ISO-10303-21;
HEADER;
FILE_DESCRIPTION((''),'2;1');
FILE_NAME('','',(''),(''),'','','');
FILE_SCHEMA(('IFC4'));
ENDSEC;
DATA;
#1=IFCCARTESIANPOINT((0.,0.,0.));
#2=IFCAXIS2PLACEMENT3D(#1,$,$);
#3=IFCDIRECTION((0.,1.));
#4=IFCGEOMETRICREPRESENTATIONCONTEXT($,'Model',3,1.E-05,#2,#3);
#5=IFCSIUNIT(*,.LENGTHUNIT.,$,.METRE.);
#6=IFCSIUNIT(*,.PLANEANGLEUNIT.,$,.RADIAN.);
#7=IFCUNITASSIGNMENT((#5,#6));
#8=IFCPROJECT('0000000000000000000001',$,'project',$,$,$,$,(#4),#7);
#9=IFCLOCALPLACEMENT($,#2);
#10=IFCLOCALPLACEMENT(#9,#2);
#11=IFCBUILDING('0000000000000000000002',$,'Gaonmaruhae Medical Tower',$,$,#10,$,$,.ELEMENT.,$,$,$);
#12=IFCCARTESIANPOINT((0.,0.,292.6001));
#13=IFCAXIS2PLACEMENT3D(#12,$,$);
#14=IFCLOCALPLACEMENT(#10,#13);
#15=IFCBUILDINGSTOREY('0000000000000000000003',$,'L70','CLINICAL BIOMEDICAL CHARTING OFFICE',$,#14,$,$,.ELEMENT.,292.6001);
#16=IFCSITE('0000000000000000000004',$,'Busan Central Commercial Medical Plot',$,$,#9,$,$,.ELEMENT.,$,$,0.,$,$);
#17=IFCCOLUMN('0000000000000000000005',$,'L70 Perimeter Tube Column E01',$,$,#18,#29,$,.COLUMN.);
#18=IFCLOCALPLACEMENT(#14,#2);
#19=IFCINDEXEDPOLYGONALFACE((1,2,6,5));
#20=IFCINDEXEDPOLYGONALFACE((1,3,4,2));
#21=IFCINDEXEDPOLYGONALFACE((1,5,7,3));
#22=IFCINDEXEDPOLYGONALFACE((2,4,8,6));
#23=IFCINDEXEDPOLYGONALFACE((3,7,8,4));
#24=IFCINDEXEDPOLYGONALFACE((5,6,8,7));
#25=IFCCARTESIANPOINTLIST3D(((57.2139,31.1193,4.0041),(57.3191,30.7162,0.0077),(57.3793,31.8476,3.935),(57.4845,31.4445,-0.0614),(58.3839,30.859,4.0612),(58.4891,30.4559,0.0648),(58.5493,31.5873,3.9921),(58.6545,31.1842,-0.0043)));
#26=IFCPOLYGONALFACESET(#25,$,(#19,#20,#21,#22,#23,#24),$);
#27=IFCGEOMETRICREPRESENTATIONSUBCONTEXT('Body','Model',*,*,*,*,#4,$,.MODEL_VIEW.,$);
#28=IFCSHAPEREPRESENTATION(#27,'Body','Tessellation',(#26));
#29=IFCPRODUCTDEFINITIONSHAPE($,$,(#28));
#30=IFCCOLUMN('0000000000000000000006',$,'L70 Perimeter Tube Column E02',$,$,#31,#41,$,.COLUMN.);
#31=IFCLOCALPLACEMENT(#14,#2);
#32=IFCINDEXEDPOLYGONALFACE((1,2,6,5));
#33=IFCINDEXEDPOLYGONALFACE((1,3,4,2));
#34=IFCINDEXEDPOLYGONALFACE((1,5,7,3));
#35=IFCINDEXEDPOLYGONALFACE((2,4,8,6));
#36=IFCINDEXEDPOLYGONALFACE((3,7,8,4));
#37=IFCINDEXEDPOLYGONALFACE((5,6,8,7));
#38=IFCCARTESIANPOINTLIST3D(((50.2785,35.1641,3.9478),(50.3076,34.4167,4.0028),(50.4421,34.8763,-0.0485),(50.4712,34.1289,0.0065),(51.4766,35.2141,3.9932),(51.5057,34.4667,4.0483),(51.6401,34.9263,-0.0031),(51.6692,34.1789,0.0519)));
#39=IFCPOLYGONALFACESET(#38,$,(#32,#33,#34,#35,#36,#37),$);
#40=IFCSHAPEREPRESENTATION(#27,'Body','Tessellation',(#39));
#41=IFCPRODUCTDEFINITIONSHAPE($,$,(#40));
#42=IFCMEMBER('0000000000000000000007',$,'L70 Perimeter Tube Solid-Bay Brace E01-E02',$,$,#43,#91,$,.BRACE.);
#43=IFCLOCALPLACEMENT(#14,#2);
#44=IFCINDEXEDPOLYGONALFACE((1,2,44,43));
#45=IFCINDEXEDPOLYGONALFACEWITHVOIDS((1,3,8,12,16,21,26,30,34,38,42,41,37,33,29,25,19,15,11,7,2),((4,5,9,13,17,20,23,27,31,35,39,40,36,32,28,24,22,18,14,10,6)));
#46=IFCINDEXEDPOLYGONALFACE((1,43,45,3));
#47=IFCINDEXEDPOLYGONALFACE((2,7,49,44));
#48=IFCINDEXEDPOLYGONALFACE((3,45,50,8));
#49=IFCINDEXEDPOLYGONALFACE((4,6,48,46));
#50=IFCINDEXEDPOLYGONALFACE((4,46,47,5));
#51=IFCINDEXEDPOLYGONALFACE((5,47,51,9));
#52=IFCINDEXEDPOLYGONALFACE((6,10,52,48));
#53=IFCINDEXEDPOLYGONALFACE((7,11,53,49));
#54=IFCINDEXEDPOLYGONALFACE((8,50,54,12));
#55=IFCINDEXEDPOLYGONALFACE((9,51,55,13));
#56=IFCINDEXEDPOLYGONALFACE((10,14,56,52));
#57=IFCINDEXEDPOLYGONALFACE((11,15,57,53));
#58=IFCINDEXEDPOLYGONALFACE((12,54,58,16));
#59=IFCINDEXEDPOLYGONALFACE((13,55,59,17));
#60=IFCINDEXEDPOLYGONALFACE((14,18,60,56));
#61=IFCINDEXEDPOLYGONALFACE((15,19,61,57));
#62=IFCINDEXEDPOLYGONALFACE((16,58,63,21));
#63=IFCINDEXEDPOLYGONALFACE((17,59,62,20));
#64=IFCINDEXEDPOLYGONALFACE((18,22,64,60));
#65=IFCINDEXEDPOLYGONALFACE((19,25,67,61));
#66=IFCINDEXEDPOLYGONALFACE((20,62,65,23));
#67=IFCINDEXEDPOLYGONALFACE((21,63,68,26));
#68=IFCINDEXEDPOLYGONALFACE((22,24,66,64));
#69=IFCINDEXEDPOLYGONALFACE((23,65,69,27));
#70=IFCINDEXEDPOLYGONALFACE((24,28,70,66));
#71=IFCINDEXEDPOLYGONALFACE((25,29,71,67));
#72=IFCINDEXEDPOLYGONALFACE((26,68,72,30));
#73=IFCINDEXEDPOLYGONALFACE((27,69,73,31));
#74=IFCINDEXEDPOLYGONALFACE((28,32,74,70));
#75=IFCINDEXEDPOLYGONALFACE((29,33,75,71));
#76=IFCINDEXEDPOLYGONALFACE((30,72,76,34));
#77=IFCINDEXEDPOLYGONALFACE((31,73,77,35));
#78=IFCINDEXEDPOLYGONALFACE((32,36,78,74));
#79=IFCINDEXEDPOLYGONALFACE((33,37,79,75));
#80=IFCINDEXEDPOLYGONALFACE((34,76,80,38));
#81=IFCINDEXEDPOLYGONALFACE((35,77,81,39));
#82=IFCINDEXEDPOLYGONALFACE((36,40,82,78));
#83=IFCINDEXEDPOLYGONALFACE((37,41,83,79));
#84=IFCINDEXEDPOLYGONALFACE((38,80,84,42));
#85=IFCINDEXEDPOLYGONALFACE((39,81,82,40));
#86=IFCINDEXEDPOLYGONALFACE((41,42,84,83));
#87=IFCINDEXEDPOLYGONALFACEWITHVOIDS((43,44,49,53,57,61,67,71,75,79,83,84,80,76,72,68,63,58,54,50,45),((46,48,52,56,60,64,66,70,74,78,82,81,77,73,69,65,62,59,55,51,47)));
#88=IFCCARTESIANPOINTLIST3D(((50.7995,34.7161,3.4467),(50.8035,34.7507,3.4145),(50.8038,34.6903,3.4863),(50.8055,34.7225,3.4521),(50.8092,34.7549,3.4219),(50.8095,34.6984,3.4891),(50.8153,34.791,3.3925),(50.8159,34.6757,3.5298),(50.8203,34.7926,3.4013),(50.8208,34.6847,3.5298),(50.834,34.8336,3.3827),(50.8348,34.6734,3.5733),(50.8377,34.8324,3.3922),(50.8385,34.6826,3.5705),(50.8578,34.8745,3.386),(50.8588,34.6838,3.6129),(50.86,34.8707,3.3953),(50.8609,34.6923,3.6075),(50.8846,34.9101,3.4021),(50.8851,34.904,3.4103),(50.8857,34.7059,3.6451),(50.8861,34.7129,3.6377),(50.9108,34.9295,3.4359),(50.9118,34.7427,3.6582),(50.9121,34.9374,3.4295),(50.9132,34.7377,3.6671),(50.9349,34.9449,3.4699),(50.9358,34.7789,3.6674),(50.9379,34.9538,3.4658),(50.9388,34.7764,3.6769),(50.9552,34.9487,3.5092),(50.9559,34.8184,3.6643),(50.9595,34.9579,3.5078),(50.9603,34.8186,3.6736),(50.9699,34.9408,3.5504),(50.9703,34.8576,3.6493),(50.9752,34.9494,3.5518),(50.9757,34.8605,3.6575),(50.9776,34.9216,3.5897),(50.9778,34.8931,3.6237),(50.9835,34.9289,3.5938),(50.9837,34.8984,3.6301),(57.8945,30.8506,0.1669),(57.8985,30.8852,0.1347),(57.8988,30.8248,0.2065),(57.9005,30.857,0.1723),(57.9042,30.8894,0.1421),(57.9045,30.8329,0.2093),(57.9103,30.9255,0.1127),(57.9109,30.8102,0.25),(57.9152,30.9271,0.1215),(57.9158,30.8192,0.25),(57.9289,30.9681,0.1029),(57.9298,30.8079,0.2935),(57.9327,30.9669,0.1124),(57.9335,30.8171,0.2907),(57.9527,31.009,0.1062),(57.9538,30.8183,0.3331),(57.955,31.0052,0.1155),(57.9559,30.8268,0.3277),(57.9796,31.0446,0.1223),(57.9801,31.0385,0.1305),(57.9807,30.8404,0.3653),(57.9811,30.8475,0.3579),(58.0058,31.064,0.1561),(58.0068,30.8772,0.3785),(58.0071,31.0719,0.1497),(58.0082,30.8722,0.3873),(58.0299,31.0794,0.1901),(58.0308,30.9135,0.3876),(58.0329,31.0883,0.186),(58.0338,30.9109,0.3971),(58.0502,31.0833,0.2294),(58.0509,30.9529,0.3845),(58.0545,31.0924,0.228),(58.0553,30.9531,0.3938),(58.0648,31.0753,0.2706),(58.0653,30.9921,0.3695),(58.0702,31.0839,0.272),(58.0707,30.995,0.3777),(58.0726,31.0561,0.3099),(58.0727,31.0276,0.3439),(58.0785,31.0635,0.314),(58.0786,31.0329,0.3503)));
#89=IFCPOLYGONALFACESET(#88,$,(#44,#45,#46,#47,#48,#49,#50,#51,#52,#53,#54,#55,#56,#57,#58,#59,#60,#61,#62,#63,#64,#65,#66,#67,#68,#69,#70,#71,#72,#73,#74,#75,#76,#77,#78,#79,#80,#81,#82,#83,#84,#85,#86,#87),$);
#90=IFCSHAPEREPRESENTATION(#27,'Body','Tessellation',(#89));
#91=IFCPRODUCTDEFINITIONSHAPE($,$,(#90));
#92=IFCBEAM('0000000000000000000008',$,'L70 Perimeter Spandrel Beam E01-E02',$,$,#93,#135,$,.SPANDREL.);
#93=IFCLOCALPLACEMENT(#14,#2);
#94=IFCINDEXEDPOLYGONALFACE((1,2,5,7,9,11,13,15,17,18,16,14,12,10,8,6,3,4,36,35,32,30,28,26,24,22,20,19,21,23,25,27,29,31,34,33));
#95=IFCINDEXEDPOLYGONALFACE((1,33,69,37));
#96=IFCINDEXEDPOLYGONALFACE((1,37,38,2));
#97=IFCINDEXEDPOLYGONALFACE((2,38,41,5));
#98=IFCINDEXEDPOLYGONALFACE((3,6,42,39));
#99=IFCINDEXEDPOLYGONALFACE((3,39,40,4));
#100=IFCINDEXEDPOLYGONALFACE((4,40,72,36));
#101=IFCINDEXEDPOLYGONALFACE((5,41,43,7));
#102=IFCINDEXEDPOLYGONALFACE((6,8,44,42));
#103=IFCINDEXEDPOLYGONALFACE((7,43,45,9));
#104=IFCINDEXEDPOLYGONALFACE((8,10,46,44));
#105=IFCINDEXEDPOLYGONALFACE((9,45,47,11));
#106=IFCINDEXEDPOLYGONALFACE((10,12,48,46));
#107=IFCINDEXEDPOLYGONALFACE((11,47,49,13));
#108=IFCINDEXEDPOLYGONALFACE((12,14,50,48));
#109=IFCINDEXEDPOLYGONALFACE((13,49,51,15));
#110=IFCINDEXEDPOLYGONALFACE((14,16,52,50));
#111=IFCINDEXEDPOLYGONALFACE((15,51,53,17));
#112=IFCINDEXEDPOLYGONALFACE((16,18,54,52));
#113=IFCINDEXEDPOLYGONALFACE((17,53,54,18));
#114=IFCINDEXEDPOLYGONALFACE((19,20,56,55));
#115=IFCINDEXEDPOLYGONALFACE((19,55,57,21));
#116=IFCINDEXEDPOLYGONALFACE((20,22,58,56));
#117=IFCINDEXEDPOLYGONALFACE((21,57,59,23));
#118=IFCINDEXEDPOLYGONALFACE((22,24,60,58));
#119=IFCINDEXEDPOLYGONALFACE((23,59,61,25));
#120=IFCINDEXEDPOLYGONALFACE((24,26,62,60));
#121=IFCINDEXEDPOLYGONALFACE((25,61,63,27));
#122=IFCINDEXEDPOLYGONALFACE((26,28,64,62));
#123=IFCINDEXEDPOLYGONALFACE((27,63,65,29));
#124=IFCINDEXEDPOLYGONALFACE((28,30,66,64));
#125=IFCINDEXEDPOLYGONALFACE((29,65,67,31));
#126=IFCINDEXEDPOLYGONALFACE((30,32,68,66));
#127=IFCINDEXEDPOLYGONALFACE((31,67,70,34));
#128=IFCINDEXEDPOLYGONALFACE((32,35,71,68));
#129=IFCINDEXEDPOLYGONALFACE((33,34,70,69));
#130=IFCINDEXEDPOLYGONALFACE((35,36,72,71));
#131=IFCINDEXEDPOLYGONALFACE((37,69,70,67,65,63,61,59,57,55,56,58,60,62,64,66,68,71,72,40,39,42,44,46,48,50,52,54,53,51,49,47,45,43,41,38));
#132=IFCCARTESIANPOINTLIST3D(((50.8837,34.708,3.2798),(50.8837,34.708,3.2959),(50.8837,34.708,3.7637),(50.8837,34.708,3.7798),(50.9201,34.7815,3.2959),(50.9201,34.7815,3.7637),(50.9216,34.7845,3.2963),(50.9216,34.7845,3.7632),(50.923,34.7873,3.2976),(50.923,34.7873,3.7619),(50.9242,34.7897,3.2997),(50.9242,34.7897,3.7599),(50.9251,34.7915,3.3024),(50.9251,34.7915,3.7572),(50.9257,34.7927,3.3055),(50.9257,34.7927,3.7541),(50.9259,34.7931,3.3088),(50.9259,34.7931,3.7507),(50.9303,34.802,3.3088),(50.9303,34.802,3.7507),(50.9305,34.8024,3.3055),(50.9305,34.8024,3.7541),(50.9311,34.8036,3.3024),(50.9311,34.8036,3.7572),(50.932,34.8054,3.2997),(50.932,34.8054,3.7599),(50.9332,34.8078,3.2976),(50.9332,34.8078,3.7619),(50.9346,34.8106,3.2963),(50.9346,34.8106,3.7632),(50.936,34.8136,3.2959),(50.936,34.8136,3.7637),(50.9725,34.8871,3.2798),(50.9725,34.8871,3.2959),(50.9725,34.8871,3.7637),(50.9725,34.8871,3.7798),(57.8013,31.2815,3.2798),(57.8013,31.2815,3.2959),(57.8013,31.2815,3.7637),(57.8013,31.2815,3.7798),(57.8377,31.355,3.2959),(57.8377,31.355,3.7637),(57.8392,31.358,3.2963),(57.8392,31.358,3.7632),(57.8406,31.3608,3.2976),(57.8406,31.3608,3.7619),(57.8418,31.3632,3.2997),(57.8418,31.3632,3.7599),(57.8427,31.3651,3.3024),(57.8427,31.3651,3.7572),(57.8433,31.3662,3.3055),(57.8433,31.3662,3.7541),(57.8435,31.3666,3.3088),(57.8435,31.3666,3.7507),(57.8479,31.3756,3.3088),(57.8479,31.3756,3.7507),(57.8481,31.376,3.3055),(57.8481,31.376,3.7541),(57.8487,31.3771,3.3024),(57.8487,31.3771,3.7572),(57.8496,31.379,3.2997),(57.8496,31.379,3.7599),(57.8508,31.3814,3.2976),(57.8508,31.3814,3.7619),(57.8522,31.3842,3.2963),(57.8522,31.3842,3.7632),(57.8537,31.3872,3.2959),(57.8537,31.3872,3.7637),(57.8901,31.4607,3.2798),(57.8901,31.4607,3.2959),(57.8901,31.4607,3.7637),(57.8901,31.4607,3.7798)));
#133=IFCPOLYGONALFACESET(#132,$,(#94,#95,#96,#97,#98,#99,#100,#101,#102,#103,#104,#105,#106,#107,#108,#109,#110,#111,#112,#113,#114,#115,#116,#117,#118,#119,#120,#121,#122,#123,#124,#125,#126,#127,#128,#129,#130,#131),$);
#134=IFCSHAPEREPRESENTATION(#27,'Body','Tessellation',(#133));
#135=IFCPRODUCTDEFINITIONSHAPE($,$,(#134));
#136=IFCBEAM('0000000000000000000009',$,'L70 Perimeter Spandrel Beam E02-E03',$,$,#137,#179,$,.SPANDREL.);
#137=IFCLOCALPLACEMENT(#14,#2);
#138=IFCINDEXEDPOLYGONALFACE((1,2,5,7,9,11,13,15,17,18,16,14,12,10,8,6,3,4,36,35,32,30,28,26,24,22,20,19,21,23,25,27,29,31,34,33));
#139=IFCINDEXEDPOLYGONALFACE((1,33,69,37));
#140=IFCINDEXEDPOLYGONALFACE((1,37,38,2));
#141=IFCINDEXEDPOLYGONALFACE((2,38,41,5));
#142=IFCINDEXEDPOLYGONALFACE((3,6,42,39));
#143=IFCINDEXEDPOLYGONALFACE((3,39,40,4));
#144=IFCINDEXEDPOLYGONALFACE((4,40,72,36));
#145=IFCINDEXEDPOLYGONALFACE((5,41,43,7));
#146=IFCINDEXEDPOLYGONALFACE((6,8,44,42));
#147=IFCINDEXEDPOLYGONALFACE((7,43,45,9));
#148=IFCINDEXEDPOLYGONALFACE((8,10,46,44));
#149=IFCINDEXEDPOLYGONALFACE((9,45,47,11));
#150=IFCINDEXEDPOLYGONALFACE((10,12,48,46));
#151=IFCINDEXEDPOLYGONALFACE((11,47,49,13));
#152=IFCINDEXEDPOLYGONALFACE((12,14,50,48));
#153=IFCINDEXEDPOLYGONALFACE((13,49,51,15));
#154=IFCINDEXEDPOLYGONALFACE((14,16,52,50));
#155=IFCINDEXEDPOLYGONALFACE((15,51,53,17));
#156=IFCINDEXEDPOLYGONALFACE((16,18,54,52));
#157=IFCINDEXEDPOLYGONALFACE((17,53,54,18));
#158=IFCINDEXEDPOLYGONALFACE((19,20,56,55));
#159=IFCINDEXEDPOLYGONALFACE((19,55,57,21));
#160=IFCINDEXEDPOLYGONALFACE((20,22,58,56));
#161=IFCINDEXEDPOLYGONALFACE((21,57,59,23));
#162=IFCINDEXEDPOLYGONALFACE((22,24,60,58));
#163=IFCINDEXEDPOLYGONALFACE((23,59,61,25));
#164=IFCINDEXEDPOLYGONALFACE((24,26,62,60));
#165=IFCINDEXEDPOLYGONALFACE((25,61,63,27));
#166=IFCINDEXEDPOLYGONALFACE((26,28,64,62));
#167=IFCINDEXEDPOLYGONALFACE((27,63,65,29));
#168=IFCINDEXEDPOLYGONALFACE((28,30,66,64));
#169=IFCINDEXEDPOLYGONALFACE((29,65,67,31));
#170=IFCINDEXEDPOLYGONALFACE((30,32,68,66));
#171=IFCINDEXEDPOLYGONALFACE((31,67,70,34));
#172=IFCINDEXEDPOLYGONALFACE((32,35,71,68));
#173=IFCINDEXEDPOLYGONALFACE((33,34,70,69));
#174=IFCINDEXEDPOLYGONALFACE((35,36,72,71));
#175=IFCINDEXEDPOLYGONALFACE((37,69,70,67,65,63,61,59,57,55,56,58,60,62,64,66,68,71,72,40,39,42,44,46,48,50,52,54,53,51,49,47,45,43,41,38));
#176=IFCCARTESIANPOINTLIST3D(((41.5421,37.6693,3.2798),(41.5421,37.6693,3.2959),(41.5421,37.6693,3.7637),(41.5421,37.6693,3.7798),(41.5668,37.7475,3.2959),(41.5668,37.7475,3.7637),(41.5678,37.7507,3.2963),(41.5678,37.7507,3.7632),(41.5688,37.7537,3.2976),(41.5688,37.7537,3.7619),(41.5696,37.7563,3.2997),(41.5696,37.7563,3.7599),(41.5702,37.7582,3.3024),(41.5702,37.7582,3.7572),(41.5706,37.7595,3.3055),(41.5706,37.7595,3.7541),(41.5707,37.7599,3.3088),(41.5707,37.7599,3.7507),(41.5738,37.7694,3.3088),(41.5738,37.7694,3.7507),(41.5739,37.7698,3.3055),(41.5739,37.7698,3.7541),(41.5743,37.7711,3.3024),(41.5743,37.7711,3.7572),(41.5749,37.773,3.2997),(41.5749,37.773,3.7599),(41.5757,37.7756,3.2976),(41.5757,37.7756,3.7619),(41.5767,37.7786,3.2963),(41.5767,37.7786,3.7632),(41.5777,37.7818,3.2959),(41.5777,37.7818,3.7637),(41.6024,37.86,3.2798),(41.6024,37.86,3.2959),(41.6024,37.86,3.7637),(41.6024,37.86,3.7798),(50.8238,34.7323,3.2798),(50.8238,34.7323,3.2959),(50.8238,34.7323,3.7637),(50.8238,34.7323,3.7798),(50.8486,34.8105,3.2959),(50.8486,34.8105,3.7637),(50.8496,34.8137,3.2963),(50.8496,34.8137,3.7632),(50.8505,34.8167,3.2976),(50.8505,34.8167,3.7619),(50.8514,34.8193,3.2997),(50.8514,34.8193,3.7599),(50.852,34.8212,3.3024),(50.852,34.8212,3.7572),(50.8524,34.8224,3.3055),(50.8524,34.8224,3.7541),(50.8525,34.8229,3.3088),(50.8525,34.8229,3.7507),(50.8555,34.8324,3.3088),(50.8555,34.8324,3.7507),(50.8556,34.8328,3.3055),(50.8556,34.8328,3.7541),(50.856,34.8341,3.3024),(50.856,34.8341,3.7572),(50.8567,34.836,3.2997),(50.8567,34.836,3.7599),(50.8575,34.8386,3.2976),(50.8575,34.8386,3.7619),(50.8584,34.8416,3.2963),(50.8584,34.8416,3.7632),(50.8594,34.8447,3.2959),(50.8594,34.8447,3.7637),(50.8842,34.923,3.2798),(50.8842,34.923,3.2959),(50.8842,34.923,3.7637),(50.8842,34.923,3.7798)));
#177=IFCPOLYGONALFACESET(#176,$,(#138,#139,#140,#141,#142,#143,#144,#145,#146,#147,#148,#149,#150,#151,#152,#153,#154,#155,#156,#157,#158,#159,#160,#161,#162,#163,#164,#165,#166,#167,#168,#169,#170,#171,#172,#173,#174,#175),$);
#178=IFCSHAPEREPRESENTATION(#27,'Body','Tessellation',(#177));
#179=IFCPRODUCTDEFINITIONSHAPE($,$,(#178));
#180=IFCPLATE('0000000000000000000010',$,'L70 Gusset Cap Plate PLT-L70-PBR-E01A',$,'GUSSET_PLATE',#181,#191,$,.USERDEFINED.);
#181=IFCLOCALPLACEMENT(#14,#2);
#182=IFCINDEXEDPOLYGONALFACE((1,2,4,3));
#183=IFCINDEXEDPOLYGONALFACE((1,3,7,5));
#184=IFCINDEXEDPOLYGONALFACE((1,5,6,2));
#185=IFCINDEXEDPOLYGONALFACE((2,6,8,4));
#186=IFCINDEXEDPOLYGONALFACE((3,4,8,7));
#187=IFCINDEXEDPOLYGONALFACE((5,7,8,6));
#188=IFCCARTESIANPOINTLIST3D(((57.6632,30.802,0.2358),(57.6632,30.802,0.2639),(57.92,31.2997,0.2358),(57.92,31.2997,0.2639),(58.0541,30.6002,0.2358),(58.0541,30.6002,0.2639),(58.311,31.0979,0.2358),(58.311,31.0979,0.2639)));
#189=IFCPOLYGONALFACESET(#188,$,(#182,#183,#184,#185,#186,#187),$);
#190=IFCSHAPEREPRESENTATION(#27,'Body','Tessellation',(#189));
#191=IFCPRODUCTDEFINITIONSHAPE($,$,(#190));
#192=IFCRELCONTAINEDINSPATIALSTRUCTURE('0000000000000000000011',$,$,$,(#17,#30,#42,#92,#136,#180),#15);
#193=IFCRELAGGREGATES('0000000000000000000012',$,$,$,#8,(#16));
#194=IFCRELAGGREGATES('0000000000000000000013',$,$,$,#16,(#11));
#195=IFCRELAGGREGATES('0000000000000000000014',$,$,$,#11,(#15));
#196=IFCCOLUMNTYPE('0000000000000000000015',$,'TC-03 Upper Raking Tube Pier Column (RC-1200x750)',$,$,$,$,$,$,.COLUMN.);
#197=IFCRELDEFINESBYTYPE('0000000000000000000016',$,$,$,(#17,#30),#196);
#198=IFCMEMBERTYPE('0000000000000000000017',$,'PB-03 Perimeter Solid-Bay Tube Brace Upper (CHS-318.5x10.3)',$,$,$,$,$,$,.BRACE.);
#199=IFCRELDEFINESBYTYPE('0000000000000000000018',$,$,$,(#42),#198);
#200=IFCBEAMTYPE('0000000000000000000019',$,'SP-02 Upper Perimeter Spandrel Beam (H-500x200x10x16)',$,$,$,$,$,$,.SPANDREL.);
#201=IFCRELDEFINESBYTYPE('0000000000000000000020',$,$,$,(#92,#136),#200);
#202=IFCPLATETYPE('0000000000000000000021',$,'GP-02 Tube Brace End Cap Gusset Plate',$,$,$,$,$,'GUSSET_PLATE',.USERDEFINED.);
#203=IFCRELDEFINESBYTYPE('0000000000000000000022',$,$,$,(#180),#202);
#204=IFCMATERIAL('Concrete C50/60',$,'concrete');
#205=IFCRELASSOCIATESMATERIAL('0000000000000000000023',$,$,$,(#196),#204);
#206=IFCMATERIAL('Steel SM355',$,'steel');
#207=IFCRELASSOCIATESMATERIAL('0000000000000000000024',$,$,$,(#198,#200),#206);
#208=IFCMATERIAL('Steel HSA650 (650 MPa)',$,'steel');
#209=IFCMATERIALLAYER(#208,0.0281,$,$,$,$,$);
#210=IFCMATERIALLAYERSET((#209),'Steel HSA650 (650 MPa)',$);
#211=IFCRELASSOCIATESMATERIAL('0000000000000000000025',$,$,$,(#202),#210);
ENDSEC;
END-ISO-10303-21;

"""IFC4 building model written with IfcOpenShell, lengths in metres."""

from ifc_helpers import new_model, si_unit, direction, frame, origin, origin_2d, place, context, subcontext, project, spatial, rectangle, hollow_circle, i_section, extrude, material, layer, layer_set, material_profile, profile_set, type_object, element, save


model = new_model("IFC4")

# Units and contexts
model_context = context("Model", 3, precision=1e-05, world=origin(), true_north=direction((0.0, 1.0)))
body_context = subcontext(model_context, "Body", "Model", "MODEL_VIEW")
ifc_project = project(units=[si_unit("LENGTHUNIT", "METRE"), si_unit("PLANEANGLEUNIT", "RADIAN")], contexts=[model_context])

# Site, building, storey
site_placement = place(None, origin())
site = spatial("IfcSite", under=ifc_project, at=site_placement, Name="Busan Central Commercial Medical Plot", CompositionType="ELEMENT", RefElevation=0.0)
building_placement = place(site_placement, origin())
building = spatial("IfcBuilding", under=site, at=building_placement, Name="Gaonmaruhae Medical Tower", CompositionType="ELEMENT")
storey_placement = place(building_placement, frame((0.0, 0.0, 292.6001)))
storey = spatial("IfcBuildingStorey", under=building, at=storey_placement, Name="L70", Description="CLINICAL BIOMEDICAL CHARTING OFFICE", CompositionType="ELEMENT", Elevation=292.6001)

# Columns
ifc_material_1 = material(Name="Concrete C50/60", Category="concrete")
ifc_material_profile_1 = material_profile(ifc_material_1, rectangle(XDim=1.2, YDim=0.75, at=origin_2d()), Name="RC-1200x750")
ifc_profile_set_1 = profile_set([ifc_material_profile_1], Name="Concrete C50/60")
column_type = type_object("IfcColumnType", Name="TC-03 Upper Raking Tube Pier Column (RC-1200x750)", PredefinedType="COLUMN", material=ifc_profile_set_1)
column_1_placement = place(storey_placement, frame((57.9868, 30.9502, 0.0017), z_axis=(-0.026188, 0.100318, 0.994611), x_axis=(0.975028, -0.216931, 0.047553)))
element("IfcColumn", 1, at=column_1_placement, inside=storey, type_object=column_type, Name="L70 Perimeter Tube Column E01", PredefinedType="COLUMN", context=body_context, shape_type="SweptSolid", body=[
    extrude(rectangle(XDim=1.2, YDim=0.75, at=origin_2d()), origin(), (0.0, 0.0, 1.0), 4.0181),
])
column_2_placement = place(storey_placement, frame((51.0557, 34.5276, 0.0017), z_axis=(-0.040791, 0.07178, 0.996586), x_axis=(0.998415, 0.041644, 0.037867)))
element("IfcColumn", 2, at=column_2_placement, inside=storey, type_object=column_type, Name="L70 Perimeter Tube Column E02", PredefinedType="COLUMN", context=body_context, shape_type="SweptSolid", body=[
    extrude(rectangle(XDim=1.2, YDim=0.75, at=origin_2d()), origin(), (0.0, 0.0, 1.0), 4.01),
])

# Member
ifc_material_2 = material(Name="Steel SM355", Category="steel")
ifc_material_profile_2 = material_profile(ifc_material_2, hollow_circle(Radius=0.1592, WallThickness=0.0103, at=origin_2d()), Name="CHS-318.5x10.3")
ifc_profile_set_2 = profile_set([ifc_material_profile_2], Name="Steel SM355")
member_type = type_object("IfcMemberType", Name="PB-03 Perimeter Solid-Bay Tube Brace Upper (CHS-318.5x10.3)", PredefinedType="BRACE", material=ifc_profile_set_2)
member_placement = place(storey_placement, frame((57.9871, 30.95, 0.25), z_axis=(-0.813648, 0.443291, 0.376124), x_axis=(-0.478422, -0.87813, 0.0)))
element("IfcMember", 3, at=member_placement, inside=storey, type_object=member_type, Name="L70 Perimeter Tube Solid-Bay Brace E01-E02", PredefinedType="BRACE", context=body_context, shape_type="SweptSolid", body=[
    extrude(hollow_circle(Radius=0.1592, WallThickness=0.0103, at=origin_2d()), origin(), (0.0, 0.0, 1.0), 8.72),
])

# Beams
ifc_material_profile_3 = material_profile(ifc_material_2, i_section(OverallWidth=0.2, OverallDepth=0.5, WebThickness=0.01, FlangeThickness=0.0161, FilletRadius=0.0129, at=origin_2d()), Name="H-500x200x10x16")
ifc_profile_set_3 = profile_set([ifc_material_profile_3], Name="Steel SM355")
beam_type = type_object("IfcBeamType", Name="SP-02 Upper Perimeter Spandrel Beam (H-500x200x10x16)", PredefinedType="SPANDREL", material=ifc_profile_set_3)
beam_1_placement = place(storey_placement, frame((57.8457, 31.3711, 3.5298), z_axis=(-0.896097, 0.443858, 0.0), x_axis=(-0.443858, -0.896097, 0.0)))
element("IfcBeam", 4, at=beam_1_placement, inside=storey, type_object=beam_type, Name="L70 Perimeter Spandrel Beam E01-E02", PredefinedType="SPANDREL", context=body_context, shape_type="SweptSolid", body=[
    extrude(i_section(OverallWidth=0.2, OverallDepth=0.5, WebThickness=0.01, FlangeThickness=0.0161, FilletRadius=0.0129, at=origin_2d()), origin(), (0.0, 0.0, 1.0), 7.7197),
])
beam_2_placement = place(storey_placement, frame((50.854, 34.8276, 3.5298), z_axis=(-0.953407, 0.301686, 0.0), x_axis=(-0.301686, -0.953407, 0.0)))
element("IfcBeam", 5, at=beam_2_placement, inside=storey, type_object=beam_type, Name="L70 Perimeter Spandrel Beam E02-E03", PredefinedType="SPANDREL", context=body_context, shape_type="SweptSolid", body=[
    extrude(i_section(OverallWidth=0.2, OverallDepth=0.5, WebThickness=0.01, FlangeThickness=0.0161, FilletRadius=0.0129, at=origin_2d()), origin(), (0.0, 0.0, 1.0), 9.7354),
])

# Plate
ifc_material_3 = material(Name="Steel HSA650 (650 MPa)", Category="steel")
ifc_layer_1 = layer(ifc_material_3, 0.0281)
ifc_layer_set_1 = layer_set([ifc_layer_1], Name="Steel HSA650 (650 MPa)")
plate_type_1 = type_object("IfcPlateType", Name="GP-02 Tube Brace End Cap Gusset Plate", ElementType="GUSSET_PLATE", PredefinedType="USERDEFINED", material=ifc_layer_set_1)
for number, where, z_axis, x_axis, name in (
    (6, (57.9871, 30.95, 0.2358), (0.0, 0.0, 1.0), (0.45865, 0.888617, 0.0), "L70 Gusset Cap Plate PLT-L70-PBR-E01A"),
):
    element("IfcPlate", number, at=place(storey_placement, frame(where, z_axis=z_axis, x_axis=x_axis)), inside=storey, type_object=plate_type_1, Name=name, ObjectType="GUSSET_PLATE", PredefinedType="USERDEFINED", context=body_context, shape_type="SweptSolid", body=[
        extrude(rectangle(XDim=0.5601, YDim=0.4399, at=origin_2d()), origin(), (0.0, 0.0, 1.0), 0.0281),
    ])

save(model, "model.ifc")
